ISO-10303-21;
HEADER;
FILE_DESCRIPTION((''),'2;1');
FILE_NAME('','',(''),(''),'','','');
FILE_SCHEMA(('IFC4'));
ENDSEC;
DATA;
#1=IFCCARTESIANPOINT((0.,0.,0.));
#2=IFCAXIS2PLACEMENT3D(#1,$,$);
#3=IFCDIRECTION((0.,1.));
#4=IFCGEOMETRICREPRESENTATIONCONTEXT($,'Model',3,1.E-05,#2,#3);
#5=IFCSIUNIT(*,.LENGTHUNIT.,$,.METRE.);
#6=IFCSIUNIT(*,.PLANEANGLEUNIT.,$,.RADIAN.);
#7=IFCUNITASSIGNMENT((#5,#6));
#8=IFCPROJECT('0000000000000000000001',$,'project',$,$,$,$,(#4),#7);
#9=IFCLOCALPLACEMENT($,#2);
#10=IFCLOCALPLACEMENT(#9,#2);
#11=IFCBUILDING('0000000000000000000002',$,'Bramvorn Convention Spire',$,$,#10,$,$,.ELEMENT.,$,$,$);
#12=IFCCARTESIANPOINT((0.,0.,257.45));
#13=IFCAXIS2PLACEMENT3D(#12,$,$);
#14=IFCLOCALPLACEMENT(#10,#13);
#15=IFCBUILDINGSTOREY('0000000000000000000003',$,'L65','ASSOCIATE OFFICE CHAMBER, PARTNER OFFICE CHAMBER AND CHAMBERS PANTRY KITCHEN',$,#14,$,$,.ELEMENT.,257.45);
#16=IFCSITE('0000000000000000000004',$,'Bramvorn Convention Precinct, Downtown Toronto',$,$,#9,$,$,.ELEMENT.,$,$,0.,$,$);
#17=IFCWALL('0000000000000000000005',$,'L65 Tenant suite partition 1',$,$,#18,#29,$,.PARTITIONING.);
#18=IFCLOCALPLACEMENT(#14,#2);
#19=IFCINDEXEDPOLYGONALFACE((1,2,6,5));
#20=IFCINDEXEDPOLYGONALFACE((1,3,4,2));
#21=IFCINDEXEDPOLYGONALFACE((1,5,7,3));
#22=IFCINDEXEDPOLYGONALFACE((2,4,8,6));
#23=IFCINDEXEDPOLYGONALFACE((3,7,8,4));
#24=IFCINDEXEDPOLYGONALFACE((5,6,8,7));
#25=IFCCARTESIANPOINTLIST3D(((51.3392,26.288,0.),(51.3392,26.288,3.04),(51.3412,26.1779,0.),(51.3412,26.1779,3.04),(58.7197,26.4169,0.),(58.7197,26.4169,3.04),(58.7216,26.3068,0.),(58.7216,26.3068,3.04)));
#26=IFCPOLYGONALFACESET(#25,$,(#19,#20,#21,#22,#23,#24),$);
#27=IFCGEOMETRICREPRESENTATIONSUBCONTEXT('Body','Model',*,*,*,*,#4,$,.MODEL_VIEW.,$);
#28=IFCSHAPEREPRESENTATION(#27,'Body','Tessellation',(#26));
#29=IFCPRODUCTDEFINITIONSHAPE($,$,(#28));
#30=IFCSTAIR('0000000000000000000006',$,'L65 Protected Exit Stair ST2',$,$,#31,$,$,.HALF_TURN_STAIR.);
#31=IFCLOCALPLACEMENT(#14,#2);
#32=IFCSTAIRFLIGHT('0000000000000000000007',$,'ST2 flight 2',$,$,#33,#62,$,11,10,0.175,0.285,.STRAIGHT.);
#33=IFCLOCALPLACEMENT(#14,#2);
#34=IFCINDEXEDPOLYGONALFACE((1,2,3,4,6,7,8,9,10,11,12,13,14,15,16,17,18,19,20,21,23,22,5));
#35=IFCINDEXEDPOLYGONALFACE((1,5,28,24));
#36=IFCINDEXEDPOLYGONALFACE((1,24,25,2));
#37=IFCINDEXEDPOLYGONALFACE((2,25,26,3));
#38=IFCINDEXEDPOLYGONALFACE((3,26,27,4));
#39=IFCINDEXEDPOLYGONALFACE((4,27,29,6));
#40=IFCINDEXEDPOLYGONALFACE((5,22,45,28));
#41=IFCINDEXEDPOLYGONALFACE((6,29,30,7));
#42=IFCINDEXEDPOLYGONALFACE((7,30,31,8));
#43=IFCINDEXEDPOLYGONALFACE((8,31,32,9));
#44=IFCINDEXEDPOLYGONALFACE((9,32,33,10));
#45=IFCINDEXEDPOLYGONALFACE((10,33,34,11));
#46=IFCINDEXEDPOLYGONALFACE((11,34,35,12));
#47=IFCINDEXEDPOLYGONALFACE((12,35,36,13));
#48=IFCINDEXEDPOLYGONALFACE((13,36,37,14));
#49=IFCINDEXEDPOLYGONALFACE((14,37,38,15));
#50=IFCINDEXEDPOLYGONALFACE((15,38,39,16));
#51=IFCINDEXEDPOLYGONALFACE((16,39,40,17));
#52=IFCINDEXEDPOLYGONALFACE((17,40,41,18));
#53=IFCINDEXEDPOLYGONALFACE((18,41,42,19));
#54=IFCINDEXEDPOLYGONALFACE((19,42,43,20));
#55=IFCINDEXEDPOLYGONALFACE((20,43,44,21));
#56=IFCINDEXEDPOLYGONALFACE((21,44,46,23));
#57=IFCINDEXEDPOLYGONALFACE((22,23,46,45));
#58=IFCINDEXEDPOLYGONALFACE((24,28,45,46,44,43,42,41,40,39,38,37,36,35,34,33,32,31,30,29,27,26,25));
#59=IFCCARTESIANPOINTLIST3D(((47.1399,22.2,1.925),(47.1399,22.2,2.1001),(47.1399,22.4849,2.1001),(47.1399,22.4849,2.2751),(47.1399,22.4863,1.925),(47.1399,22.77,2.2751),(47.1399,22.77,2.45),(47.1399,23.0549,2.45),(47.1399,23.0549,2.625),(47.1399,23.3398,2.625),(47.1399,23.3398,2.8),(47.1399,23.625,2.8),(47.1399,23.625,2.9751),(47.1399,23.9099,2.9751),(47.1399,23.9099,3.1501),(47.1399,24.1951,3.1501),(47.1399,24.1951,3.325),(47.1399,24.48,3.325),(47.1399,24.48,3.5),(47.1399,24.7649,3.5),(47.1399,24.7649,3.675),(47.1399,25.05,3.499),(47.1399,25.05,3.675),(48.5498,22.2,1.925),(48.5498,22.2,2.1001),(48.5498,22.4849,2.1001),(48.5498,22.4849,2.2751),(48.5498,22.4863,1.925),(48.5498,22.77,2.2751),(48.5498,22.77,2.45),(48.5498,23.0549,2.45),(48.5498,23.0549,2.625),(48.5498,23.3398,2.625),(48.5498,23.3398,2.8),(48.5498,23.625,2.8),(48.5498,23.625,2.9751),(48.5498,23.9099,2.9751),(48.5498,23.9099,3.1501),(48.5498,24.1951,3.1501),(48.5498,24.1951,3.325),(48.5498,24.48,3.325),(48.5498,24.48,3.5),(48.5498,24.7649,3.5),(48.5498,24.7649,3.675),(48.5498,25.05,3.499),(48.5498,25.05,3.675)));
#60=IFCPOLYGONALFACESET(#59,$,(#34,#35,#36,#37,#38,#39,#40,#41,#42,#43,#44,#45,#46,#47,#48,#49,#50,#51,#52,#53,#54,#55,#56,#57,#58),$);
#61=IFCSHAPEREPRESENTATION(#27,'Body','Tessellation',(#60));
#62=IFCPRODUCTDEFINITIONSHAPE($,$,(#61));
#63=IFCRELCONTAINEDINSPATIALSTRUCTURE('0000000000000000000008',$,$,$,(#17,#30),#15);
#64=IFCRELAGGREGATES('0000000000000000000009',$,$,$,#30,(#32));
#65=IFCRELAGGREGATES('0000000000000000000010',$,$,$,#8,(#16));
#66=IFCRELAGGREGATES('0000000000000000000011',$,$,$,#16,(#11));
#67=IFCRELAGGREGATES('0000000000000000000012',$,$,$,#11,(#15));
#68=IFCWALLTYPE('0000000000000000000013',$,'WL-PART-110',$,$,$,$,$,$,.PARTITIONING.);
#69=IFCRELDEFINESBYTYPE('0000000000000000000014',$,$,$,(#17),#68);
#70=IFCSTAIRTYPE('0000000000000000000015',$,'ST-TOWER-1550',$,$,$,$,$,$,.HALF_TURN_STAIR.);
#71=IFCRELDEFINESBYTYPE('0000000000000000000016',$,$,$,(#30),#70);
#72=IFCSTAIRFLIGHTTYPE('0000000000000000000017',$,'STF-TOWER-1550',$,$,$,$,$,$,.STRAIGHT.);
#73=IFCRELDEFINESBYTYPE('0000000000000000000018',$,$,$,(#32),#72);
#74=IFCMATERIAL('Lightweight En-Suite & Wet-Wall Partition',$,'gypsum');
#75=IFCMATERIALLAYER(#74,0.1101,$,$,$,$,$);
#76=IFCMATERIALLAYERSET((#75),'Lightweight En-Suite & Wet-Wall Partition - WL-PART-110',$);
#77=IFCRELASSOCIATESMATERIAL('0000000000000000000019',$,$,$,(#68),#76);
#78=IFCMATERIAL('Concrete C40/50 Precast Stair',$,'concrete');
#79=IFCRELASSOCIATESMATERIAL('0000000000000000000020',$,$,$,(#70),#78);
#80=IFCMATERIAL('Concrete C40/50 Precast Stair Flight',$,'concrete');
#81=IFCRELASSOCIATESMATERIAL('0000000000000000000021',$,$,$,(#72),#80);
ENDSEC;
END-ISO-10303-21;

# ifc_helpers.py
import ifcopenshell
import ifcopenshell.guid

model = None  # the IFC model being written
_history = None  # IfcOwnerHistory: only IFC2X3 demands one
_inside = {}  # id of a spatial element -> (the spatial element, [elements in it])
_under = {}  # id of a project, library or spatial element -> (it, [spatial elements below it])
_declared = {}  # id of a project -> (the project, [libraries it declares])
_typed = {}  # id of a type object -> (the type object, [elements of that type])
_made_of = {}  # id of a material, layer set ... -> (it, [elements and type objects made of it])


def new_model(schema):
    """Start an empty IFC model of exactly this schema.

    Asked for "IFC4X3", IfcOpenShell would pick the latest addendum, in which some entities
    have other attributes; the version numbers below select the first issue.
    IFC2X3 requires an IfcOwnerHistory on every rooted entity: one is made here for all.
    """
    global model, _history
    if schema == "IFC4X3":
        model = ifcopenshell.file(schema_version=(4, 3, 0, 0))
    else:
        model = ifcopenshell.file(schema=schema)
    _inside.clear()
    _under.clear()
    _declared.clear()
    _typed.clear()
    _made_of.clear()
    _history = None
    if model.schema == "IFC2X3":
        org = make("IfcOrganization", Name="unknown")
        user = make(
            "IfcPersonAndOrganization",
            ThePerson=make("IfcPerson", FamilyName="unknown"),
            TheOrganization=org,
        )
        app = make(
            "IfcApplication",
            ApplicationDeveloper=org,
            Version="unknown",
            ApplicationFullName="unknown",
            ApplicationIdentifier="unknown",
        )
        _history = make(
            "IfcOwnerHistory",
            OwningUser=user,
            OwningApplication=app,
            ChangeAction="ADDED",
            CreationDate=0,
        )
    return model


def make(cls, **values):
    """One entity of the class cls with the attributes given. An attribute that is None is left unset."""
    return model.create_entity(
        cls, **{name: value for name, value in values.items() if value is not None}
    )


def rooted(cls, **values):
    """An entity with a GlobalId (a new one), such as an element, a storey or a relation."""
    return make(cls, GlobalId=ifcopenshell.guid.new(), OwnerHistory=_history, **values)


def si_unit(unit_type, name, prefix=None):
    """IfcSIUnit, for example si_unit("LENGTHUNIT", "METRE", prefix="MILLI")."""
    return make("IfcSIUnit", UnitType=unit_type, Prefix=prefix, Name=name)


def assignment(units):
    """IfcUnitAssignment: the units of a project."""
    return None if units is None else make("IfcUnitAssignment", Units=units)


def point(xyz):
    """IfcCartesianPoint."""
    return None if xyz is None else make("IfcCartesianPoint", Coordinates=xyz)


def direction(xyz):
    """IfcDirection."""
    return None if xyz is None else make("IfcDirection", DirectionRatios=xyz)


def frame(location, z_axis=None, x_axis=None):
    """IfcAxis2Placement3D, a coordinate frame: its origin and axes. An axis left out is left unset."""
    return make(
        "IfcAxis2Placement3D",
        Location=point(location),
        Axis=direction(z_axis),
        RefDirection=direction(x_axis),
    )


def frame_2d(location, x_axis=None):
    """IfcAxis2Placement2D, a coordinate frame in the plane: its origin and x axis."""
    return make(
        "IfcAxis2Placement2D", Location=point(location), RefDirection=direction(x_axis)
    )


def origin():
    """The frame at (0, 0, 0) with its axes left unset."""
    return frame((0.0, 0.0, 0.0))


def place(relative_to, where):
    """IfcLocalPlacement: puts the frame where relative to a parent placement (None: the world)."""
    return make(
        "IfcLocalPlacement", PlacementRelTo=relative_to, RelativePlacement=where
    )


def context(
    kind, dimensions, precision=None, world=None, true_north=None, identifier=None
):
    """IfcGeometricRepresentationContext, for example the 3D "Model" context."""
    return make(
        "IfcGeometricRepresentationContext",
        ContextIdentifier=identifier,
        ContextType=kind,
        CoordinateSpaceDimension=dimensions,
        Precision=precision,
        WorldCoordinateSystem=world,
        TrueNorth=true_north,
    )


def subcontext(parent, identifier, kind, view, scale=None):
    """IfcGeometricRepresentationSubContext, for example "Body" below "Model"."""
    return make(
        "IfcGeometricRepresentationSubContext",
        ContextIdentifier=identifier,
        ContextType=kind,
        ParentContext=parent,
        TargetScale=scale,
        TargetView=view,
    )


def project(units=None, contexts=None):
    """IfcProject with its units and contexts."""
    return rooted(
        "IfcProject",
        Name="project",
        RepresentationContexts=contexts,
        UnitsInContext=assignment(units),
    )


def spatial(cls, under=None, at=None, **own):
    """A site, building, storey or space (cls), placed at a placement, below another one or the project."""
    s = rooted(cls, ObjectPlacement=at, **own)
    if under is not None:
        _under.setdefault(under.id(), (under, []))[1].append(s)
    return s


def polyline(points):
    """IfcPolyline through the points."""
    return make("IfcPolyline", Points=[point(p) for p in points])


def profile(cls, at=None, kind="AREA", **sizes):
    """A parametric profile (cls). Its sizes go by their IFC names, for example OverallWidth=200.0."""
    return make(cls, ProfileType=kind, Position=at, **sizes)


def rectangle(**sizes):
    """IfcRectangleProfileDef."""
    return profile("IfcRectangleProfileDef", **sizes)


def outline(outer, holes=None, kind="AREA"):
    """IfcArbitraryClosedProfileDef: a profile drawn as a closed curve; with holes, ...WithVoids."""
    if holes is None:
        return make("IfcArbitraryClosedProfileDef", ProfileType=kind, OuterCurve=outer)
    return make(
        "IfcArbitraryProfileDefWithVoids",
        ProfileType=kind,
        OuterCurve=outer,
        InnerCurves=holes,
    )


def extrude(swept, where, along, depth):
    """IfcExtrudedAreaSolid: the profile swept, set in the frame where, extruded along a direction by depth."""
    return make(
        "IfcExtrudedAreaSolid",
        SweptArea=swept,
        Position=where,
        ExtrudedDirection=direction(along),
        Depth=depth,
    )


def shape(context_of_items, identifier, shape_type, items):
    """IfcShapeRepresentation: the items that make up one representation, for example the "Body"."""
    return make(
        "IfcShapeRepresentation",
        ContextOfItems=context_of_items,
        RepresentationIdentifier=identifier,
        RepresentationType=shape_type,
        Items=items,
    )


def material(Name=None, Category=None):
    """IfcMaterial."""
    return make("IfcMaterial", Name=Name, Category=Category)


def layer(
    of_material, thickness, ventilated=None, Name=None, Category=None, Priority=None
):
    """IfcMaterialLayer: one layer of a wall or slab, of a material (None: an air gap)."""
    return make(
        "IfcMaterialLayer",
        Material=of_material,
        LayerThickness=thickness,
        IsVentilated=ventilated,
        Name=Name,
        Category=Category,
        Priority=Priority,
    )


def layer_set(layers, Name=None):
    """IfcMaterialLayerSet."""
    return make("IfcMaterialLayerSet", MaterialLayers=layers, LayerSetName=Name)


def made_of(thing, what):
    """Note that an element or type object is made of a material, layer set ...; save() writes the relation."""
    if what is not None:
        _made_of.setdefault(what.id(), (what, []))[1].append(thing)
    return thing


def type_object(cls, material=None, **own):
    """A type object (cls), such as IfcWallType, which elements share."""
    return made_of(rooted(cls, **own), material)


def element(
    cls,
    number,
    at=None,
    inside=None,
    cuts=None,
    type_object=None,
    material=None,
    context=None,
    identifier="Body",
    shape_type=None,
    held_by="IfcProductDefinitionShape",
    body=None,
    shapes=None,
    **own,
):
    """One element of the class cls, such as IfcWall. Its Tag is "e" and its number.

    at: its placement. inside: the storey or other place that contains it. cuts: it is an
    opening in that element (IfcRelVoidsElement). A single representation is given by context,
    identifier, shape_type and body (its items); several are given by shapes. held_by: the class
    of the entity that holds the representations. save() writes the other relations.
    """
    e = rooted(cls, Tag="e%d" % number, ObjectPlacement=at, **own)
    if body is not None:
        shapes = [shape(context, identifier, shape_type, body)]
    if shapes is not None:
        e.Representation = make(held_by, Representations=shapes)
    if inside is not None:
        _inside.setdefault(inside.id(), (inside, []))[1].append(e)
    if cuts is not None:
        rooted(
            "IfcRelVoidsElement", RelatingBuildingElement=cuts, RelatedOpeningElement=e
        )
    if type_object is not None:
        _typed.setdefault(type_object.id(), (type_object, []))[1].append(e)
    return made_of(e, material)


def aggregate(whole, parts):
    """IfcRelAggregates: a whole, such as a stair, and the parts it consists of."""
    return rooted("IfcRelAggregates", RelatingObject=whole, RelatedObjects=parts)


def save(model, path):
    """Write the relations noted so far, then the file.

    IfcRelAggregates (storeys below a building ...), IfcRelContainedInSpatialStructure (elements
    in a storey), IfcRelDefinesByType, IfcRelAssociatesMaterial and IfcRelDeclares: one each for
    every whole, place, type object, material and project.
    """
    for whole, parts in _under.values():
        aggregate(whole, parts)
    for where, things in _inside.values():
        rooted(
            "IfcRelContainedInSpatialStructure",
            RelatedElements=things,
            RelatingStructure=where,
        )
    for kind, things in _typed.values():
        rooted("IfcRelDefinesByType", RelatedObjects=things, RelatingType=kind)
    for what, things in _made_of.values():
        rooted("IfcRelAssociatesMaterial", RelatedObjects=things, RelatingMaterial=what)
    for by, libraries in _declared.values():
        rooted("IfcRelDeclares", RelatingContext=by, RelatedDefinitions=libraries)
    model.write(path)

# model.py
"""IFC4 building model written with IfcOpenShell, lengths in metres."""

from ifc_helpers import new_model, si_unit, direction, frame, frame_2d, origin, place, context, subcontext, project, spatial, polyline, rectangle, outline, extrude, material, layer, layer_set, type_object, element, aggregate, save


model = new_model("IFC4")

# Units and contexts
model_context = context("Model", 3, precision=1e-05, world=origin(), true_north=direction((0.0, 1.0)))
body_context = subcontext(model_context, "Body", "Model", "MODEL_VIEW")
ifc_project = project(units=[si_unit("LENGTHUNIT", "METRE"), si_unit("PLANEANGLEUNIT", "RADIAN")], contexts=[model_context])

# Site, building, storey
site_placement = place(None, origin())
site = spatial("IfcSite", under=ifc_project, at=site_placement, Name="Bramvorn Convention Precinct, Downtown Toronto", CompositionType="ELEMENT", RefElevation=0.0)
building_placement = place(site_placement, origin())
building = spatial("IfcBuilding", under=site, at=building_placement, Name="Bramvorn Convention Spire", CompositionType="ELEMENT")
storey_placement = place(building_placement, frame((0.0, 0.0, 257.45)))
storey = spatial("IfcBuildingStorey", under=building, at=storey_placement, Name="L65", Description="ASSOCIATE OFFICE CHAMBER, PARTNER OFFICE CHAMBER AND CHAMBERS PANTRY KITCHEN", CompositionType="ELEMENT", Elevation=257.45)

# Wall
ifc_material_1 = material(Name="Lightweight En-Suite & Wet-Wall Partition", Category="gypsum")
ifc_layer_1 = layer(ifc_material_1, 0.1101)
ifc_layer_set_1 = layer_set([ifc_layer_1], Name="Lightweight En-Suite & Wet-Wall Partition - WL-PART-110")
wall_type_1 = type_object("IfcWallType", Name="WL-PART-110", PredefinedType="PARTITIONING", material=ifc_layer_set_1)
wall_1_placement = place(storey_placement, frame((51.3401, 26.2329, 0.0), z_axis=(0.0, 0.0, 1.0), x_axis=(0.999848, 0.017463, 0.0)))
element("IfcWall", 1, at=wall_1_placement, inside=storey, type_object=wall_type_1, Name="L65 Tenant suite partition 1", PredefinedType="PARTITIONING", context=body_context, shape_type="SweptSolid", body=[
    extrude(rectangle(XDim=7.3816, YDim=0.1101, at=frame_2d((3.6909, 0.0))), origin(), (0.0, 0.0, 1.0), 3.04),
])

# Stair, stair flight
ifc_material_2 = material(Name="Concrete C40/50 Precast Stair", Category="concrete")
stair_type = type_object("IfcStairType", Name="ST-TOWER-1550", PredefinedType="HALF_TURN_STAIR", material=ifc_material_2)
stair_placement = place(storey_placement, origin())
stair = element("IfcStair", 2, at=stair_placement, inside=storey, type_object=stair_type, Name="L65 Protected Exit Stair ST2", PredefinedType="HALF_TURN_STAIR")
ifc_material_3 = material(Name="Concrete C40/50 Precast Stair Flight", Category="concrete")
stair_flight_type = type_object("IfcStairFlightType", Name="STF-TOWER-1550", PredefinedType="STRAIGHT", material=ifc_material_3)
stair_flight_placement = place(storey_placement, frame((47.845, 22.2, 1.925), z_axis=(0.0, 0.0, 1.0), x_axis=(0.0, 1.0, 0.0)))
stair_flight = element("IfcStairFlight", 3, at=stair_flight_placement, type_object=stair_flight_type, Name="ST2 flight 2", NumberOfRisers=11, NumberOfTreads=10, PredefinedType="STRAIGHT", RiserHeight=0.175, TreadLength=0.285, context=body_context, shape_type="SweptSolid", body=[
    extrude(outline(polyline([(0.0, 0.0), (0.0, 0.175), (0.2849, 0.175), (0.2849, 0.3501), (0.5701, 0.3501), (0.5701, 0.5249), (0.855, 0.5249), (0.855, 0.7), (1.1399, 0.7), (1.1399, 0.875), (1.425, 0.875), (1.425, 1.05), (1.71, 1.05), (1.71, 1.2251), (1.9951, 1.2251), (1.9951, 1.3999), (2.28, 1.3999), (2.28, 1.575), (2.5649, 1.575), (2.5649, 1.75), (2.8501, 1.75), (2.8501, 1.925), (2.8501, 1.574), (0.2864, 0.0), (0.0, 0.0)])), frame((0.0, 0.7051, 0.0), z_axis=(0.0, -1.0, 0.0), x_axis=(1.0, 0.0, 0.0)), (0.0, 0.0, 1.0), 1.4099),
])
aggregate(stair, [stair_flight])

save(model, "model.ifc")
